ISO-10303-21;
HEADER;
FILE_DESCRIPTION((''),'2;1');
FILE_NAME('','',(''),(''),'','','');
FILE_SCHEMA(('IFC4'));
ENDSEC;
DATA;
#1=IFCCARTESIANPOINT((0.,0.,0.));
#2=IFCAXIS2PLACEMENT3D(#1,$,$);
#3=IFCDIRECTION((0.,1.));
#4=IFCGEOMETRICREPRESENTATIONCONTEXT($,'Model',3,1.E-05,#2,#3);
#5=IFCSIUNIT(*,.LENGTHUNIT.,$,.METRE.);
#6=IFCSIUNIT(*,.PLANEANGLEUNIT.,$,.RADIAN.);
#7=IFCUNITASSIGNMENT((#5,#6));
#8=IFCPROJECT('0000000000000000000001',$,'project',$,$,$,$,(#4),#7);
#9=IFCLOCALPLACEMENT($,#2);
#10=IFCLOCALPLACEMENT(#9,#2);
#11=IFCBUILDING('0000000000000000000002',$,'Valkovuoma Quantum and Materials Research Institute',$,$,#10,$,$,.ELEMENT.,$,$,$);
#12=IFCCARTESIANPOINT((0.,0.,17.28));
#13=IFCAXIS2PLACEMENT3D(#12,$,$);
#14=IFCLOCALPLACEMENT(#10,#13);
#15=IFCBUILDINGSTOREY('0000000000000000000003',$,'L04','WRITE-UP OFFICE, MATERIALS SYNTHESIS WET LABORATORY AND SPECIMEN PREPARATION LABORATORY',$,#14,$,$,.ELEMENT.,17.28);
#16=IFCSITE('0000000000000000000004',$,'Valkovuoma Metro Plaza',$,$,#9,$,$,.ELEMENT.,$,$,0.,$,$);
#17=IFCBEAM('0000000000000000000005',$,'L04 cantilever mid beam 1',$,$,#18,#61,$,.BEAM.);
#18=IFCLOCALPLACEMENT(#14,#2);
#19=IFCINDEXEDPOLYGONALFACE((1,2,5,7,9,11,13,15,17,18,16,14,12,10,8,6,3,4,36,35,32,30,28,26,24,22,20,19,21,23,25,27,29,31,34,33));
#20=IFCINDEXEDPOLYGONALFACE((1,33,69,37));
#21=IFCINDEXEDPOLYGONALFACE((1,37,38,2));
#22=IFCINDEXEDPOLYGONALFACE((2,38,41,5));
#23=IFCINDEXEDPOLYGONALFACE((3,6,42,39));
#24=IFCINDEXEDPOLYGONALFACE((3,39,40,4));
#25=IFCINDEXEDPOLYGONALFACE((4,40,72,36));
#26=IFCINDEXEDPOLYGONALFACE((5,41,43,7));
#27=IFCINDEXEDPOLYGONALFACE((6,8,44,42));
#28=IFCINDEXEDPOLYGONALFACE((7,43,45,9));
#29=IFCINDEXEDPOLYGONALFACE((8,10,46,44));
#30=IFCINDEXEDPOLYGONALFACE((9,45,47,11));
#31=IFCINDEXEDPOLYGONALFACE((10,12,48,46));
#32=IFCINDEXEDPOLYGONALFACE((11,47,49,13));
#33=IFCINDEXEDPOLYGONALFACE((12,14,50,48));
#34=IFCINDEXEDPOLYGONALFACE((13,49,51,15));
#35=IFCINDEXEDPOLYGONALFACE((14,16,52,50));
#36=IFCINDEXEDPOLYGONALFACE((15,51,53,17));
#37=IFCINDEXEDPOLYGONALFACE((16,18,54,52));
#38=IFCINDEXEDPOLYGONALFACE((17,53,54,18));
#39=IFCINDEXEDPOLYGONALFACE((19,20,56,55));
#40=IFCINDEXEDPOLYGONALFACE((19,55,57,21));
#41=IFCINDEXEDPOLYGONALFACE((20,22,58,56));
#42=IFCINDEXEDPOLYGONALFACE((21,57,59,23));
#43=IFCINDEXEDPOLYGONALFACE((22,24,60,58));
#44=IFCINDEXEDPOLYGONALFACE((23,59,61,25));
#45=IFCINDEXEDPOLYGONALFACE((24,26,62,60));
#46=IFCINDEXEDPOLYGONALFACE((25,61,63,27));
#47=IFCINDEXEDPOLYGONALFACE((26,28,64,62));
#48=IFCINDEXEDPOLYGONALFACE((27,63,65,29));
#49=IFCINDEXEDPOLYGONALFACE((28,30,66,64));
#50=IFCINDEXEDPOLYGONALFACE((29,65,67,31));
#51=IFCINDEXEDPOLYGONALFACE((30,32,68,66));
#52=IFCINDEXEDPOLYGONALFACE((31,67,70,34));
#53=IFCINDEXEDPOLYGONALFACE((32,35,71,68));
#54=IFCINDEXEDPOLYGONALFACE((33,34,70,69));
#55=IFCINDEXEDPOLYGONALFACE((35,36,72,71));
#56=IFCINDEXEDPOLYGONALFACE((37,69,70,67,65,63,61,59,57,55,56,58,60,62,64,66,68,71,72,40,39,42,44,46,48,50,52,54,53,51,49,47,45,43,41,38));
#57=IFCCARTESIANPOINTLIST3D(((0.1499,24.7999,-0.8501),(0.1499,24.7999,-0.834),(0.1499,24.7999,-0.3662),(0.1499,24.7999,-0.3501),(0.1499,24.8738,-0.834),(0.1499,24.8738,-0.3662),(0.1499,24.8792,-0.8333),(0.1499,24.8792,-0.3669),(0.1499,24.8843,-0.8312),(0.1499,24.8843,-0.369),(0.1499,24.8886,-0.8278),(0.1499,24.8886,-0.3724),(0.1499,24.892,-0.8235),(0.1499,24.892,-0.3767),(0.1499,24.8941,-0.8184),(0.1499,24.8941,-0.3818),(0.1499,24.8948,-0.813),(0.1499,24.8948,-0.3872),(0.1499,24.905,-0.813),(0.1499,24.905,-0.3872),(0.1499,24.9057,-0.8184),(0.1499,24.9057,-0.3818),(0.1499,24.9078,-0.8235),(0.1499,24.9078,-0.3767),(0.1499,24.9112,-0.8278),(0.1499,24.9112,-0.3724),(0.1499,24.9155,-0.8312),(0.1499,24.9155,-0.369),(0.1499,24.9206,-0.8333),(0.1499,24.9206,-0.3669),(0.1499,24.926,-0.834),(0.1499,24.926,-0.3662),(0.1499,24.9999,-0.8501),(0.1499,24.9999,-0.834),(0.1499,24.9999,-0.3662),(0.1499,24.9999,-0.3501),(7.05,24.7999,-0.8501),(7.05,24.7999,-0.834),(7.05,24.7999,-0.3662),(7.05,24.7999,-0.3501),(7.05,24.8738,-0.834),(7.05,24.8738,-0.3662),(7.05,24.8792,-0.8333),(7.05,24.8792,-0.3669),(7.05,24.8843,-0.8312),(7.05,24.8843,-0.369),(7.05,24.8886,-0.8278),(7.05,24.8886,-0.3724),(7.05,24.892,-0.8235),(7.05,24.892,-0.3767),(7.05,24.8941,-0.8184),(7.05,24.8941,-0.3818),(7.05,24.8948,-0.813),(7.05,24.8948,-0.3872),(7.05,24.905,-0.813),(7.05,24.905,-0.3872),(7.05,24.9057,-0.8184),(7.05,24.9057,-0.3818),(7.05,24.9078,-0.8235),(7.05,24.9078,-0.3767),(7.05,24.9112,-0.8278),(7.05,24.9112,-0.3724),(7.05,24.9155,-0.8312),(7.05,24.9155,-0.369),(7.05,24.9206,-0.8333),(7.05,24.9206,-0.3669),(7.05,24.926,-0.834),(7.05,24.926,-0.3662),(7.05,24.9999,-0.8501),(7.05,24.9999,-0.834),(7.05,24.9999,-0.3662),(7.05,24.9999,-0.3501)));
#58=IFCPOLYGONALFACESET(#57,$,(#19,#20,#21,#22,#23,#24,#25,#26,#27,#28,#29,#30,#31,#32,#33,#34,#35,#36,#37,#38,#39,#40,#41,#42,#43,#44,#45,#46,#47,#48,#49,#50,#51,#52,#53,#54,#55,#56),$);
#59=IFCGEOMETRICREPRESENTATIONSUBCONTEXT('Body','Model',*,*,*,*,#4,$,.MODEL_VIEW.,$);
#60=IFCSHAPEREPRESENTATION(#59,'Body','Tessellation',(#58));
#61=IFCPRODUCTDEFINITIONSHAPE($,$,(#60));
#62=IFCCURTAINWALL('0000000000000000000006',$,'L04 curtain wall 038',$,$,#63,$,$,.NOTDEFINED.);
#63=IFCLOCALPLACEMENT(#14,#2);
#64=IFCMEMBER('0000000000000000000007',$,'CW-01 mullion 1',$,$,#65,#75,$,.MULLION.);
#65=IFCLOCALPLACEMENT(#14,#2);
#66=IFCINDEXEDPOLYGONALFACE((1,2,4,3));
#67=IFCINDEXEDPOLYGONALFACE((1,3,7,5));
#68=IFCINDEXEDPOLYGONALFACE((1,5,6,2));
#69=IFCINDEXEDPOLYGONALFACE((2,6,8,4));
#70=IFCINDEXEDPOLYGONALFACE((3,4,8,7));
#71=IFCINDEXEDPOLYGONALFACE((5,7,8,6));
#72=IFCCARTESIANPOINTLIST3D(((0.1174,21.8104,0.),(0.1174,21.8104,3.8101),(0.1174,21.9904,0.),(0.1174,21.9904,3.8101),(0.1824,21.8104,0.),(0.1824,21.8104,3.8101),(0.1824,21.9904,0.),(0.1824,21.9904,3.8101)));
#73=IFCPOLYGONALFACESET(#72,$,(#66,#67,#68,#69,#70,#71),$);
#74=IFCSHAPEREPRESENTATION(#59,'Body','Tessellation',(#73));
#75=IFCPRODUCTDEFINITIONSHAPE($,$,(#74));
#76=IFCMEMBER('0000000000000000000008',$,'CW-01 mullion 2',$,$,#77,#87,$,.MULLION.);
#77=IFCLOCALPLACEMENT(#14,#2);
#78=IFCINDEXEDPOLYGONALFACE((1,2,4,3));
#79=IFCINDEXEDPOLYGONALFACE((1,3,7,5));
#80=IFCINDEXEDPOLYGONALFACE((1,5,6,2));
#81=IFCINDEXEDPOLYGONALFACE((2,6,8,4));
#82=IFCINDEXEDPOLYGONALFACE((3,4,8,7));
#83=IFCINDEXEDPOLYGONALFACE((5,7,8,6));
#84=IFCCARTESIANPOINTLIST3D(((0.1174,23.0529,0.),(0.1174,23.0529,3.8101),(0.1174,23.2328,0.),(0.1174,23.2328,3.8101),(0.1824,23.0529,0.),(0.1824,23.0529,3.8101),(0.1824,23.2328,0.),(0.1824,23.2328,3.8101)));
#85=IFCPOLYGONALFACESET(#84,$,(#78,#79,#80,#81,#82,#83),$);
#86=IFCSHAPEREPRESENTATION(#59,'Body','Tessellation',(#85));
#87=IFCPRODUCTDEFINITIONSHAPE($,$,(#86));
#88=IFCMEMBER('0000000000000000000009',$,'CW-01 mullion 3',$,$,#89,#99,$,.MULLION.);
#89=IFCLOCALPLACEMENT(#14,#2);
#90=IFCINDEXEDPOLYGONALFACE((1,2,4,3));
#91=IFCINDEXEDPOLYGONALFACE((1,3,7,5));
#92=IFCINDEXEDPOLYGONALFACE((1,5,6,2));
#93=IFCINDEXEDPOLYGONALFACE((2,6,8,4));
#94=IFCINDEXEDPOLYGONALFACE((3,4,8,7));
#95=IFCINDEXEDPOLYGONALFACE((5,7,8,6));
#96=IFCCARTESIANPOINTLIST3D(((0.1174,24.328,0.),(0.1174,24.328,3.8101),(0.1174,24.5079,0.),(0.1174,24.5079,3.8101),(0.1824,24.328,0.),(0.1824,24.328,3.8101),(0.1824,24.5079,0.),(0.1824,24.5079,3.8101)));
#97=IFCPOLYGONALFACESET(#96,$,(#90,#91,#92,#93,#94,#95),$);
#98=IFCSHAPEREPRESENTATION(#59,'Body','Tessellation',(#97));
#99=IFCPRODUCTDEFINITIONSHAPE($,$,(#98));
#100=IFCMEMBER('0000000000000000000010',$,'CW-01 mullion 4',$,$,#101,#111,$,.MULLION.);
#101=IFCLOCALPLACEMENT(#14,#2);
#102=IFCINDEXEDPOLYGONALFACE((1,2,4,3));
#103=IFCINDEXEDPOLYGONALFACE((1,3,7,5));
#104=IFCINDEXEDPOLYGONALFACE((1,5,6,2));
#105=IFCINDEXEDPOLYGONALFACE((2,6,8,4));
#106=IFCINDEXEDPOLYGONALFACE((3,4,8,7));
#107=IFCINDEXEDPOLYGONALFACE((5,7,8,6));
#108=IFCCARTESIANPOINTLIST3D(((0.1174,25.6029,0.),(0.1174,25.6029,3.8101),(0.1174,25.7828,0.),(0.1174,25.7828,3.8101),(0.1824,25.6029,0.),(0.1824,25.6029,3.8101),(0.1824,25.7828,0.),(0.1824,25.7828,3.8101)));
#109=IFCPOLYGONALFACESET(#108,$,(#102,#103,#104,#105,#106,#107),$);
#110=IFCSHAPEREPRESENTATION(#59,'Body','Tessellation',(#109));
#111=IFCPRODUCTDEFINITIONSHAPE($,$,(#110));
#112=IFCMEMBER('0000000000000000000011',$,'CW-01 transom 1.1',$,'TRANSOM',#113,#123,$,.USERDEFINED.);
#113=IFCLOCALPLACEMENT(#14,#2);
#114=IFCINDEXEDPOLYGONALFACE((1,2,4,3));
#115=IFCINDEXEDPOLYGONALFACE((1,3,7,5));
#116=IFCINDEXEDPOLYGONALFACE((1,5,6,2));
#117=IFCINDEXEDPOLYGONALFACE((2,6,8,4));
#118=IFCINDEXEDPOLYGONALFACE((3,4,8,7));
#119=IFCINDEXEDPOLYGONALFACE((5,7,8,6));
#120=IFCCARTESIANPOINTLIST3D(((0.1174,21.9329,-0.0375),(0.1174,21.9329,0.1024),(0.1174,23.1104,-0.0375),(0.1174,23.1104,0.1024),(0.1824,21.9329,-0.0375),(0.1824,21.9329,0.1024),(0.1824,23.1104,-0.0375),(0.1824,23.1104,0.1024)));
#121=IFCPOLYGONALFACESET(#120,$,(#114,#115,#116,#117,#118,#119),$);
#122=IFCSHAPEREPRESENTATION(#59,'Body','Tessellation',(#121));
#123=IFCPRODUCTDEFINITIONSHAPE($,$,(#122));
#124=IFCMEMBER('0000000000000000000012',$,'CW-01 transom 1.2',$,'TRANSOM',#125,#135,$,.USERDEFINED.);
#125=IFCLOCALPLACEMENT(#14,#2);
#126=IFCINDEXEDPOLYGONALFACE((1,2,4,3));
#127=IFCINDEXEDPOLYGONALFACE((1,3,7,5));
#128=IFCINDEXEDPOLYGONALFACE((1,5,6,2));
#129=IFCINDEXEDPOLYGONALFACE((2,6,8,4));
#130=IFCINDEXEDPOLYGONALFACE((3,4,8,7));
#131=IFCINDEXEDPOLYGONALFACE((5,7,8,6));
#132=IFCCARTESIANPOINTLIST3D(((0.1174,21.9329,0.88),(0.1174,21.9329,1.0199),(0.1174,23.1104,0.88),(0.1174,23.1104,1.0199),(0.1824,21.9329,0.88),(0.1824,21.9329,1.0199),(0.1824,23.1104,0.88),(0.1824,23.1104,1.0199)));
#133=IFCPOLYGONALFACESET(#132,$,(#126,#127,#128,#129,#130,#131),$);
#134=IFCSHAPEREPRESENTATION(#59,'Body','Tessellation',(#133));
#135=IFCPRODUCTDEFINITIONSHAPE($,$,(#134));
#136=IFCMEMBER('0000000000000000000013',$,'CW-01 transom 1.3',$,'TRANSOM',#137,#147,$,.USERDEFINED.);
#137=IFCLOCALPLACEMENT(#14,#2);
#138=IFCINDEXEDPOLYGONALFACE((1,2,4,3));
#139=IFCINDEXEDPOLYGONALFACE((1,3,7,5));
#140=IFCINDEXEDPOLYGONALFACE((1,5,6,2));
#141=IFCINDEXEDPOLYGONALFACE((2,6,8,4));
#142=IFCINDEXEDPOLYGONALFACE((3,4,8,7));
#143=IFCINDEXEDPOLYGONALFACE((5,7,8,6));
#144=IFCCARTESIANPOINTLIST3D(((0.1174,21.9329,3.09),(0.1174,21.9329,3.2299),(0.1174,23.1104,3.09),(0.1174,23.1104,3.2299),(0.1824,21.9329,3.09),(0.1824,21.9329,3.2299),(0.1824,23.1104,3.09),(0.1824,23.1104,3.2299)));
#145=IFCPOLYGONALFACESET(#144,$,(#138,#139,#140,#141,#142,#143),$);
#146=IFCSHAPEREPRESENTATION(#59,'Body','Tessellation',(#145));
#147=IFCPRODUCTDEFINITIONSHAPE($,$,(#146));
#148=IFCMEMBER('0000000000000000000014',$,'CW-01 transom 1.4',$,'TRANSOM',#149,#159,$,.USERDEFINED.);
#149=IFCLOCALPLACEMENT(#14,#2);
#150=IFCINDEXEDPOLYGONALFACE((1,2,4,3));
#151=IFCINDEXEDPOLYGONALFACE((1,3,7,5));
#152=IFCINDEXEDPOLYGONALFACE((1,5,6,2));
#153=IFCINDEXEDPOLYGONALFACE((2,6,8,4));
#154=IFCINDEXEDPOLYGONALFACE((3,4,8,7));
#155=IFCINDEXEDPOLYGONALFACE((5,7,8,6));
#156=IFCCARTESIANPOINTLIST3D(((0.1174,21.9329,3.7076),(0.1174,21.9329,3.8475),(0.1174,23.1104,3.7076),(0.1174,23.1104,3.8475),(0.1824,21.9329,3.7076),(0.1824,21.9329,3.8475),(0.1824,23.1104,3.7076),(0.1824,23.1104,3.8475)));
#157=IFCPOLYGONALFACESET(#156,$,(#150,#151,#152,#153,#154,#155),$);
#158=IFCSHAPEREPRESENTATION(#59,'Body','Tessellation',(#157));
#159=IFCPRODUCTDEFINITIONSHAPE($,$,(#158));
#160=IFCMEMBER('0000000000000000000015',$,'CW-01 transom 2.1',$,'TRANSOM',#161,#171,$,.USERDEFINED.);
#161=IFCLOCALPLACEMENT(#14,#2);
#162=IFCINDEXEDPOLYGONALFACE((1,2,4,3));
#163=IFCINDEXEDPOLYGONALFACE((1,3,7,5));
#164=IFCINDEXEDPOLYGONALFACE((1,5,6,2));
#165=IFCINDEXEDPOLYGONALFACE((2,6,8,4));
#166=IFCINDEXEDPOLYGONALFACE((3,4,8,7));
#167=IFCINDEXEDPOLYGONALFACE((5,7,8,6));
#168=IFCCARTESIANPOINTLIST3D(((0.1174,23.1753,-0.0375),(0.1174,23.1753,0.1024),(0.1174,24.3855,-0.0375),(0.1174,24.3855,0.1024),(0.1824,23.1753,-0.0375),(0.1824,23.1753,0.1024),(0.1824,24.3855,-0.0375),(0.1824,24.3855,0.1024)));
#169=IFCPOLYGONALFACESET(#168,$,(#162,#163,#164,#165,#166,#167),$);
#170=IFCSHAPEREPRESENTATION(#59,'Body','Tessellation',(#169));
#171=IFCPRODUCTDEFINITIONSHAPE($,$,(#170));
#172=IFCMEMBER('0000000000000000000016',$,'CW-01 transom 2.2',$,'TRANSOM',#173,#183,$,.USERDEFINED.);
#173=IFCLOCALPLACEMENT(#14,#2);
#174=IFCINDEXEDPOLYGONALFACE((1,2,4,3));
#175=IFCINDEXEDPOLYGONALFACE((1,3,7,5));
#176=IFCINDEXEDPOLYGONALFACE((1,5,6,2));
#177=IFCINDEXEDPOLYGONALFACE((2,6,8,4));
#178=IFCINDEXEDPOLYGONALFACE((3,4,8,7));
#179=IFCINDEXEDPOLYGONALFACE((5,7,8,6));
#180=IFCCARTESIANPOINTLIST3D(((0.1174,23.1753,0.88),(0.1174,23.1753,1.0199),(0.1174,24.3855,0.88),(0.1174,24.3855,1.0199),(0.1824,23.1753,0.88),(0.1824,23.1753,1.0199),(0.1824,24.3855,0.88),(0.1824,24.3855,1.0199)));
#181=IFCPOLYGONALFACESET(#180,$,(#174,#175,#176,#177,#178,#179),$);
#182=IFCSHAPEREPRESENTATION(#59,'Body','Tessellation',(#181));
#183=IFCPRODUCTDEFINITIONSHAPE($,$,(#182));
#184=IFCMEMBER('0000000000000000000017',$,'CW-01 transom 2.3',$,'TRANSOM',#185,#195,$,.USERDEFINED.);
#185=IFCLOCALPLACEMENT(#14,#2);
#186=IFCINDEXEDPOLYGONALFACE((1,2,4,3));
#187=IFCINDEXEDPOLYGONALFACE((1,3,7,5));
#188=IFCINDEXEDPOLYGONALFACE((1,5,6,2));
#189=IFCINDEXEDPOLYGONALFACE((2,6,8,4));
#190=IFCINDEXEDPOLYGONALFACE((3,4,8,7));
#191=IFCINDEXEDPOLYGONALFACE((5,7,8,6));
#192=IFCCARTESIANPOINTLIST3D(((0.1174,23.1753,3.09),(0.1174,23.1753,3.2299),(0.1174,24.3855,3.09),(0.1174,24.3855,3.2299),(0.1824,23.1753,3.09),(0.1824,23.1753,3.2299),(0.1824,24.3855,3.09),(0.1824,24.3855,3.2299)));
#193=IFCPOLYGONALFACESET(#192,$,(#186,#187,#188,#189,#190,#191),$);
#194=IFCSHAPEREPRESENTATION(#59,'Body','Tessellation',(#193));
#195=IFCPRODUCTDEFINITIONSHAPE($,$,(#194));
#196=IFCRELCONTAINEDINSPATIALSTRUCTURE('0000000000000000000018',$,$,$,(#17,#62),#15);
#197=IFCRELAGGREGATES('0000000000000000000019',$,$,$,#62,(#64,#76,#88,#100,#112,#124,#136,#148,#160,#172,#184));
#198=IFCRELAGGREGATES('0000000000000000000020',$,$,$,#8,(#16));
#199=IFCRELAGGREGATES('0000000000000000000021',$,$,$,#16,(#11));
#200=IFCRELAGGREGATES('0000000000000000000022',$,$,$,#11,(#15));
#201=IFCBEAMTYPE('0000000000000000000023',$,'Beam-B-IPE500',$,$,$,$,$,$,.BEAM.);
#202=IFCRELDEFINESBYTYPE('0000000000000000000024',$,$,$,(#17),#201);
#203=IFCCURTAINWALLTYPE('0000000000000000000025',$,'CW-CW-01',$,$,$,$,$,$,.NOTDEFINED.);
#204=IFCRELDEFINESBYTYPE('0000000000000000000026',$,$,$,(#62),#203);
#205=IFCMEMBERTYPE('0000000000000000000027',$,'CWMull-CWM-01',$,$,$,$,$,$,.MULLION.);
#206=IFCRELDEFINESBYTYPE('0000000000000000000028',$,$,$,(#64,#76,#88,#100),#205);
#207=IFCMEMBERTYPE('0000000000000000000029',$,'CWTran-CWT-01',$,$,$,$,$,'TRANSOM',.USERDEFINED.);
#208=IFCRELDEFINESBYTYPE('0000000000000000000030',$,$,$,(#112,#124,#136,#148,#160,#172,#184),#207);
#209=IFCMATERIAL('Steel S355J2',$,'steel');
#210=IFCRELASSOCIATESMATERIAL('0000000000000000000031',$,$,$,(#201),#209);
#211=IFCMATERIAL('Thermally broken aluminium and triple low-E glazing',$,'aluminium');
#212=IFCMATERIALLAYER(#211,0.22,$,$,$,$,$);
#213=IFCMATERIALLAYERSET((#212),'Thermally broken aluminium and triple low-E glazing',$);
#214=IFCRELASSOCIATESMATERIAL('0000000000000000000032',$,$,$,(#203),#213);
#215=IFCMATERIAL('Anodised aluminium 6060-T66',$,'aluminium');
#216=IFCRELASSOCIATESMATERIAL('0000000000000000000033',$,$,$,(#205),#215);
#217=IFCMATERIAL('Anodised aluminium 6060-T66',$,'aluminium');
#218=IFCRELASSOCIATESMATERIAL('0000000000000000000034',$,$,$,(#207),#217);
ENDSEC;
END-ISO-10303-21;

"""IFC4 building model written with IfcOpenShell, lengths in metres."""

from ifc_helpers import new_model, si_unit, direction, frame, origin, origin_2d, place, context, subcontext, project, spatial, rectangle, i_section, extrude, material, layer, layer_set, material_profile, profile_set, type_object, element, aggregate, save


model = new_model("IFC4")

# Units and contexts
model_context = context("Model", 3, precision=1e-05, world=origin(), true_north=direction((0.0, 1.0)))
body_context = subcontext(model_context, "Body", "Model", "MODEL_VIEW")
ifc_project = project(units=[si_unit("LENGTHUNIT", "METRE"), si_unit("PLANEANGLEUNIT", "RADIAN")], contexts=[model_context])

# Site, building, storey
site_placement = place(None, origin())
site = spatial("IfcSite", under=ifc_project, at=site_placement, Name="Valkovuoma Metro Plaza", CompositionType="ELEMENT", RefElevation=0.0)
building_placement = place(site_placement, origin())
building = spatial("IfcBuilding", under=site, at=building_placement, Name="Valkovuoma Quantum and Materials Research Institute", CompositionType="ELEMENT")
storey_placement = place(building_placement, frame((0.0, 0.0, 17.28)))
storey = spatial("IfcBuildingStorey", under=building, at=storey_placement, Name="L04", Description="WRITE-UP OFFICE, MATERIALS SYNTHESIS WET LABORATORY AND SPECIMEN PREPARATION LABORATORY", CompositionType="ELEMENT", Elevation=17.28)

# Beam
ifc_material_1 = material(Name="Steel S355J2", Category="steel")
ifc_material_profile_1 = material_profile(ifc_material_1, i_section(OverallWidth=0.2, OverallDepth=0.5, WebThickness=0.0103, FlangeThickness=0.0161, FilletRadius=0.021, at=origin_2d()), Name="Steel S355J2")
ifc_profile_set_1 = profile_set([ifc_material_profile_1], Name="Steel S355J2")
beam_type = type_object("IfcBeamType", Name="Beam-B-IPE500", PredefinedType="BEAM", material=ifc_profile_set_1)
beam_placement = place(storey_placement, frame((0.1499, 24.8999, -0.6001), z_axis=(1.0, 0.0, 0.0), x_axis=(0.0, 1.0, 0.0)))
element("IfcBeam", 1, at=beam_placement, inside=storey, type_object=beam_type, Name="L04 cantilever mid beam 1", PredefinedType="BEAM", context=body_context, shape_type="SweptSolid", body=[
    extrude(i_section(OverallWidth=0.2, OverallDepth=0.5, WebThickness=0.0103, FlangeThickness=0.0161, FilletRadius=0.021, at=origin_2d()), origin(), (0.0, 0.0, 1.0), 6.9001),
])

# Curtain wall, members
ifc_material_2 = material(Name="Thermally broken aluminium and triple low-E glazing", Category="aluminium")
ifc_layer_1 = layer(ifc_material_2, 0.22)
ifc_layer_set_1 = layer_set([ifc_layer_1], Name="Thermally broken aluminium and triple low-E glazing")
curtain_wall_type = type_object("IfcCurtainWallType", Name="CW-CW-01", PredefinedType="NOTDEFINED", material=ifc_layer_set_1)
curtain_wall_placement = place(storey_placement, origin())
curtain_wall = element("IfcCurtainWall", 2, at=curtain_wall_placement, inside=storey, type_object=curtain_wall_type, Name="L04 curtain wall 038", PredefinedType="NOTDEFINED")
ifc_material_3 = material(Name="Anodised aluminium 6060-T66", Category="aluminium")
ifc_material_profile_2 = material_profile(ifc_material_3, rectangle(XDim=0.0649, YDim=0.1799, at=origin_2d()), Name="Anodised aluminium 6060-T66")
ifc_profile_set_2 = profile_set([ifc_material_profile_2], Name="Anodised aluminium 6060-T66")
member_type_1 = type_object("IfcMemberType", Name="CWMull-CWM-01", PredefinedType="MULLION", material=ifc_profile_set_2)
member_1_placement = place(storey_placement, frame((0.1499, 21.9004, 0.0), z_axis=(0.0, 0.0, 1.0), x_axis=(-1.0, 0.0, 0.0)))
member_1 = element("IfcMember", 3, at=member_1_placement, type_object=member_type_1, Name="CW-01 mullion 1", PredefinedType="MULLION", context=body_context, shape_type="SweptSolid", body=[
    extrude(rectangle(XDim=0.0649, YDim=0.1799, at=origin_2d()), origin(), (0.0, 0.0, 1.0), 3.8101),
])
member_2_placement = place(storey_placement, frame((0.1499, 23.1428, 0.0), z_axis=(0.0, 0.0, 1.0), x_axis=(-1.0, 0.0, 0.0)))
member_2 = element("IfcMember", 4, at=member_2_placement, type_object=member_type_1, Name="CW-01 mullion 2", PredefinedType="MULLION", context=body_context, shape_type="SweptSolid", body=[
    extrude(rectangle(XDim=0.0649, YDim=0.1799, at=origin_2d()), origin(), (0.0, 0.0, 1.0), 3.8101),
])
member_3_placement = place(storey_placement, frame((0.1499, 24.418, 0.0), z_axis=(0.0, 0.0, 1.0), x_axis=(-1.0, 0.0, 0.0)))
member_3 = element("IfcMember", 5, at=member_3_placement, type_object=member_type_1, Name="CW-01 mullion 3", PredefinedType="MULLION", context=body_context, shape_type="SweptSolid", body=[
    extrude(rectangle(XDim=0.0649, YDim=0.1799, at=origin_2d()), origin(), (0.0, 0.0, 1.0), 3.8101),
])
member_4_placement = place(storey_placement, frame((0.1499, 25.6929, 0.0), z_axis=(0.0, 0.0, 1.0), x_axis=(-1.0, 0.0, 0.0)))
member_4 = element("IfcMember", 6, at=member_4_placement, type_object=member_type_1, Name="CW-01 mullion 4", PredefinedType="MULLION", context=body_context, shape_type="SweptSolid", body=[
    extrude(rectangle(XDim=0.0649, YDim=0.1799, at=origin_2d()), origin(), (0.0, 0.0, 1.0), 3.8101),
])
ifc_material_4 = material(Name="Anodised aluminium 6060-T66", Category="aluminium")
ifc_material_profile_3 = material_profile(ifc_material_4, rectangle(XDim=0.0649, YDim=0.1399, at=origin_2d()), Name="Anodised aluminium 6060-T66")
ifc_profile_set_3 = profile_set([ifc_material_profile_3], Name="Anodised aluminium 6060-T66")
member_type_2 = type_object("IfcMemberType", Name="CWTran-CWT-01", ElementType="TRANSOM", PredefinedType="USERDEFINED", material=ifc_profile_set_3)
member_5_placement = place(storey_placement, frame((0.1499, 21.9329, 0.0325), z_axis=(0.0, 1.0, 0.0), x_axis=(-1.0, 0.0, 0.0)))
member_5 = element("IfcMember", 7, at=member_5_placement, type_object=member_type_2, Name="CW-01 transom 1.1", ObjectType="TRANSOM", PredefinedType="USERDEFINED", context=body_context, shape_type="SweptSolid", body=[
    extrude(rectangle(XDim=0.0649, YDim=0.1399, at=origin_2d()), origin(), (0.0, 0.0, 1.0), 1.1775),
])
member_6_placement = place(storey_placement, frame((0.1499, 21.9329, 0.95), z_axis=(0.0, 1.0, 0.0), x_axis=(-1.0, 0.0, 0.0)))
member_6 = element("IfcMember", 8, at=member_6_placement, type_object=member_type_2, Name="CW-01 transom 1.2", ObjectType="TRANSOM", PredefinedType="USERDEFINED", context=body_context, shape_type="SweptSolid", body=[
    extrude(rectangle(XDim=0.0649, YDim=0.1399, at=origin_2d()), origin(), (0.0, 0.0, 1.0), 1.1775),
])
member_7_placement = place(storey_placement, frame((0.1499, 21.9329, 3.1599), z_axis=(0.0, 1.0, 0.0), x_axis=(-1.0, 0.0, 0.0)))
member_7 = element("IfcMember", 9, at=member_7_placement, type_object=member_type_2, Name="CW-01 transom 1.3", ObjectType="TRANSOM", PredefinedType="USERDEFINED", context=body_context, shape_type="SweptSolid", body=[
    extrude(rectangle(XDim=0.0649, YDim=0.1399, at=origin_2d()), origin(), (0.0, 0.0, 1.0), 1.1775),
])
member_8_placement = place(storey_placement, frame((0.1499, 21.9329, 3.7776), z_axis=(0.0, 1.0, 0.0), x_axis=(-1.0, 0.0, 0.0)))
member_8 = element("IfcMember", 10, at=member_8_placement, type_object=member_type_2, Name="CW-01 transom 1.4", ObjectType="TRANSOM", PredefinedType="USERDEFINED", context=body_context, shape_type="SweptSolid", body=[
    extrude(rectangle(XDim=0.0649, YDim=0.1399, at=origin_2d()), origin(), (0.0, 0.0, 1.0), 1.1775),
])
member_9_placement = place(storey_placement, frame((0.1499, 23.1753, 0.0325), z_axis=(0.0, 1.0, 0.0), x_axis=(-1.0, 0.0, 0.0)))
member_9 = element("IfcMember", 11, at=member_9_placement, type_object=member_type_2, Name="CW-01 transom 2.1", ObjectType="TRANSOM", PredefinedType="USERDEFINED", context=body_context, shape_type="SweptSolid", body=[
    extrude(rectangle(XDim=0.0649, YDim=0.1399, at=origin_2d()), origin(), (0.0, 0.0, 1.0), 1.2102),
])
member_10_placement = place(storey_placement, frame((0.1499, 23.1753, 0.95), z_axis=(0.0, 1.0, 0.0), x_axis=(-1.0, 0.0, 0.0)))
member_10 = element("IfcMember", 12, at=member_10_placement, type_object=member_type_2, Name="CW-01 transom 2.2", ObjectType="TRANSOM", PredefinedType="USERDEFINED", context=body_context, shape_type="SweptSolid", body=[
    extrude(rectangle(XDim=0.0649, YDim=0.1399, at=origin_2d()), origin(), (0.0, 0.0, 1.0), 1.2102),
])
member_11_placement = place(storey_placement, frame((0.1499, 23.1753, 3.1599), z_axis=(0.0, 1.0, 0.0), x_axis=(-1.0, 0.0, 0.0)))
member_11 = element("IfcMember", 13, at=member_11_placement, type_object=member_type_2, Name="CW-01 transom 2.3", ObjectType="TRANSOM", PredefinedType="USERDEFINED", context=body_context, shape_type="SweptSolid", body=[
    extrude(rectangle(XDim=0.0649, YDim=0.1399, at=origin_2d()), origin(), (0.0, 0.0, 1.0), 1.2102),
])
aggregate(curtain_wall, [member_1, member_2, member_3, member_4, member_5, member_6, member_7, member_8, member_9, member_10, member_11])

save(model, "model.ifc")
